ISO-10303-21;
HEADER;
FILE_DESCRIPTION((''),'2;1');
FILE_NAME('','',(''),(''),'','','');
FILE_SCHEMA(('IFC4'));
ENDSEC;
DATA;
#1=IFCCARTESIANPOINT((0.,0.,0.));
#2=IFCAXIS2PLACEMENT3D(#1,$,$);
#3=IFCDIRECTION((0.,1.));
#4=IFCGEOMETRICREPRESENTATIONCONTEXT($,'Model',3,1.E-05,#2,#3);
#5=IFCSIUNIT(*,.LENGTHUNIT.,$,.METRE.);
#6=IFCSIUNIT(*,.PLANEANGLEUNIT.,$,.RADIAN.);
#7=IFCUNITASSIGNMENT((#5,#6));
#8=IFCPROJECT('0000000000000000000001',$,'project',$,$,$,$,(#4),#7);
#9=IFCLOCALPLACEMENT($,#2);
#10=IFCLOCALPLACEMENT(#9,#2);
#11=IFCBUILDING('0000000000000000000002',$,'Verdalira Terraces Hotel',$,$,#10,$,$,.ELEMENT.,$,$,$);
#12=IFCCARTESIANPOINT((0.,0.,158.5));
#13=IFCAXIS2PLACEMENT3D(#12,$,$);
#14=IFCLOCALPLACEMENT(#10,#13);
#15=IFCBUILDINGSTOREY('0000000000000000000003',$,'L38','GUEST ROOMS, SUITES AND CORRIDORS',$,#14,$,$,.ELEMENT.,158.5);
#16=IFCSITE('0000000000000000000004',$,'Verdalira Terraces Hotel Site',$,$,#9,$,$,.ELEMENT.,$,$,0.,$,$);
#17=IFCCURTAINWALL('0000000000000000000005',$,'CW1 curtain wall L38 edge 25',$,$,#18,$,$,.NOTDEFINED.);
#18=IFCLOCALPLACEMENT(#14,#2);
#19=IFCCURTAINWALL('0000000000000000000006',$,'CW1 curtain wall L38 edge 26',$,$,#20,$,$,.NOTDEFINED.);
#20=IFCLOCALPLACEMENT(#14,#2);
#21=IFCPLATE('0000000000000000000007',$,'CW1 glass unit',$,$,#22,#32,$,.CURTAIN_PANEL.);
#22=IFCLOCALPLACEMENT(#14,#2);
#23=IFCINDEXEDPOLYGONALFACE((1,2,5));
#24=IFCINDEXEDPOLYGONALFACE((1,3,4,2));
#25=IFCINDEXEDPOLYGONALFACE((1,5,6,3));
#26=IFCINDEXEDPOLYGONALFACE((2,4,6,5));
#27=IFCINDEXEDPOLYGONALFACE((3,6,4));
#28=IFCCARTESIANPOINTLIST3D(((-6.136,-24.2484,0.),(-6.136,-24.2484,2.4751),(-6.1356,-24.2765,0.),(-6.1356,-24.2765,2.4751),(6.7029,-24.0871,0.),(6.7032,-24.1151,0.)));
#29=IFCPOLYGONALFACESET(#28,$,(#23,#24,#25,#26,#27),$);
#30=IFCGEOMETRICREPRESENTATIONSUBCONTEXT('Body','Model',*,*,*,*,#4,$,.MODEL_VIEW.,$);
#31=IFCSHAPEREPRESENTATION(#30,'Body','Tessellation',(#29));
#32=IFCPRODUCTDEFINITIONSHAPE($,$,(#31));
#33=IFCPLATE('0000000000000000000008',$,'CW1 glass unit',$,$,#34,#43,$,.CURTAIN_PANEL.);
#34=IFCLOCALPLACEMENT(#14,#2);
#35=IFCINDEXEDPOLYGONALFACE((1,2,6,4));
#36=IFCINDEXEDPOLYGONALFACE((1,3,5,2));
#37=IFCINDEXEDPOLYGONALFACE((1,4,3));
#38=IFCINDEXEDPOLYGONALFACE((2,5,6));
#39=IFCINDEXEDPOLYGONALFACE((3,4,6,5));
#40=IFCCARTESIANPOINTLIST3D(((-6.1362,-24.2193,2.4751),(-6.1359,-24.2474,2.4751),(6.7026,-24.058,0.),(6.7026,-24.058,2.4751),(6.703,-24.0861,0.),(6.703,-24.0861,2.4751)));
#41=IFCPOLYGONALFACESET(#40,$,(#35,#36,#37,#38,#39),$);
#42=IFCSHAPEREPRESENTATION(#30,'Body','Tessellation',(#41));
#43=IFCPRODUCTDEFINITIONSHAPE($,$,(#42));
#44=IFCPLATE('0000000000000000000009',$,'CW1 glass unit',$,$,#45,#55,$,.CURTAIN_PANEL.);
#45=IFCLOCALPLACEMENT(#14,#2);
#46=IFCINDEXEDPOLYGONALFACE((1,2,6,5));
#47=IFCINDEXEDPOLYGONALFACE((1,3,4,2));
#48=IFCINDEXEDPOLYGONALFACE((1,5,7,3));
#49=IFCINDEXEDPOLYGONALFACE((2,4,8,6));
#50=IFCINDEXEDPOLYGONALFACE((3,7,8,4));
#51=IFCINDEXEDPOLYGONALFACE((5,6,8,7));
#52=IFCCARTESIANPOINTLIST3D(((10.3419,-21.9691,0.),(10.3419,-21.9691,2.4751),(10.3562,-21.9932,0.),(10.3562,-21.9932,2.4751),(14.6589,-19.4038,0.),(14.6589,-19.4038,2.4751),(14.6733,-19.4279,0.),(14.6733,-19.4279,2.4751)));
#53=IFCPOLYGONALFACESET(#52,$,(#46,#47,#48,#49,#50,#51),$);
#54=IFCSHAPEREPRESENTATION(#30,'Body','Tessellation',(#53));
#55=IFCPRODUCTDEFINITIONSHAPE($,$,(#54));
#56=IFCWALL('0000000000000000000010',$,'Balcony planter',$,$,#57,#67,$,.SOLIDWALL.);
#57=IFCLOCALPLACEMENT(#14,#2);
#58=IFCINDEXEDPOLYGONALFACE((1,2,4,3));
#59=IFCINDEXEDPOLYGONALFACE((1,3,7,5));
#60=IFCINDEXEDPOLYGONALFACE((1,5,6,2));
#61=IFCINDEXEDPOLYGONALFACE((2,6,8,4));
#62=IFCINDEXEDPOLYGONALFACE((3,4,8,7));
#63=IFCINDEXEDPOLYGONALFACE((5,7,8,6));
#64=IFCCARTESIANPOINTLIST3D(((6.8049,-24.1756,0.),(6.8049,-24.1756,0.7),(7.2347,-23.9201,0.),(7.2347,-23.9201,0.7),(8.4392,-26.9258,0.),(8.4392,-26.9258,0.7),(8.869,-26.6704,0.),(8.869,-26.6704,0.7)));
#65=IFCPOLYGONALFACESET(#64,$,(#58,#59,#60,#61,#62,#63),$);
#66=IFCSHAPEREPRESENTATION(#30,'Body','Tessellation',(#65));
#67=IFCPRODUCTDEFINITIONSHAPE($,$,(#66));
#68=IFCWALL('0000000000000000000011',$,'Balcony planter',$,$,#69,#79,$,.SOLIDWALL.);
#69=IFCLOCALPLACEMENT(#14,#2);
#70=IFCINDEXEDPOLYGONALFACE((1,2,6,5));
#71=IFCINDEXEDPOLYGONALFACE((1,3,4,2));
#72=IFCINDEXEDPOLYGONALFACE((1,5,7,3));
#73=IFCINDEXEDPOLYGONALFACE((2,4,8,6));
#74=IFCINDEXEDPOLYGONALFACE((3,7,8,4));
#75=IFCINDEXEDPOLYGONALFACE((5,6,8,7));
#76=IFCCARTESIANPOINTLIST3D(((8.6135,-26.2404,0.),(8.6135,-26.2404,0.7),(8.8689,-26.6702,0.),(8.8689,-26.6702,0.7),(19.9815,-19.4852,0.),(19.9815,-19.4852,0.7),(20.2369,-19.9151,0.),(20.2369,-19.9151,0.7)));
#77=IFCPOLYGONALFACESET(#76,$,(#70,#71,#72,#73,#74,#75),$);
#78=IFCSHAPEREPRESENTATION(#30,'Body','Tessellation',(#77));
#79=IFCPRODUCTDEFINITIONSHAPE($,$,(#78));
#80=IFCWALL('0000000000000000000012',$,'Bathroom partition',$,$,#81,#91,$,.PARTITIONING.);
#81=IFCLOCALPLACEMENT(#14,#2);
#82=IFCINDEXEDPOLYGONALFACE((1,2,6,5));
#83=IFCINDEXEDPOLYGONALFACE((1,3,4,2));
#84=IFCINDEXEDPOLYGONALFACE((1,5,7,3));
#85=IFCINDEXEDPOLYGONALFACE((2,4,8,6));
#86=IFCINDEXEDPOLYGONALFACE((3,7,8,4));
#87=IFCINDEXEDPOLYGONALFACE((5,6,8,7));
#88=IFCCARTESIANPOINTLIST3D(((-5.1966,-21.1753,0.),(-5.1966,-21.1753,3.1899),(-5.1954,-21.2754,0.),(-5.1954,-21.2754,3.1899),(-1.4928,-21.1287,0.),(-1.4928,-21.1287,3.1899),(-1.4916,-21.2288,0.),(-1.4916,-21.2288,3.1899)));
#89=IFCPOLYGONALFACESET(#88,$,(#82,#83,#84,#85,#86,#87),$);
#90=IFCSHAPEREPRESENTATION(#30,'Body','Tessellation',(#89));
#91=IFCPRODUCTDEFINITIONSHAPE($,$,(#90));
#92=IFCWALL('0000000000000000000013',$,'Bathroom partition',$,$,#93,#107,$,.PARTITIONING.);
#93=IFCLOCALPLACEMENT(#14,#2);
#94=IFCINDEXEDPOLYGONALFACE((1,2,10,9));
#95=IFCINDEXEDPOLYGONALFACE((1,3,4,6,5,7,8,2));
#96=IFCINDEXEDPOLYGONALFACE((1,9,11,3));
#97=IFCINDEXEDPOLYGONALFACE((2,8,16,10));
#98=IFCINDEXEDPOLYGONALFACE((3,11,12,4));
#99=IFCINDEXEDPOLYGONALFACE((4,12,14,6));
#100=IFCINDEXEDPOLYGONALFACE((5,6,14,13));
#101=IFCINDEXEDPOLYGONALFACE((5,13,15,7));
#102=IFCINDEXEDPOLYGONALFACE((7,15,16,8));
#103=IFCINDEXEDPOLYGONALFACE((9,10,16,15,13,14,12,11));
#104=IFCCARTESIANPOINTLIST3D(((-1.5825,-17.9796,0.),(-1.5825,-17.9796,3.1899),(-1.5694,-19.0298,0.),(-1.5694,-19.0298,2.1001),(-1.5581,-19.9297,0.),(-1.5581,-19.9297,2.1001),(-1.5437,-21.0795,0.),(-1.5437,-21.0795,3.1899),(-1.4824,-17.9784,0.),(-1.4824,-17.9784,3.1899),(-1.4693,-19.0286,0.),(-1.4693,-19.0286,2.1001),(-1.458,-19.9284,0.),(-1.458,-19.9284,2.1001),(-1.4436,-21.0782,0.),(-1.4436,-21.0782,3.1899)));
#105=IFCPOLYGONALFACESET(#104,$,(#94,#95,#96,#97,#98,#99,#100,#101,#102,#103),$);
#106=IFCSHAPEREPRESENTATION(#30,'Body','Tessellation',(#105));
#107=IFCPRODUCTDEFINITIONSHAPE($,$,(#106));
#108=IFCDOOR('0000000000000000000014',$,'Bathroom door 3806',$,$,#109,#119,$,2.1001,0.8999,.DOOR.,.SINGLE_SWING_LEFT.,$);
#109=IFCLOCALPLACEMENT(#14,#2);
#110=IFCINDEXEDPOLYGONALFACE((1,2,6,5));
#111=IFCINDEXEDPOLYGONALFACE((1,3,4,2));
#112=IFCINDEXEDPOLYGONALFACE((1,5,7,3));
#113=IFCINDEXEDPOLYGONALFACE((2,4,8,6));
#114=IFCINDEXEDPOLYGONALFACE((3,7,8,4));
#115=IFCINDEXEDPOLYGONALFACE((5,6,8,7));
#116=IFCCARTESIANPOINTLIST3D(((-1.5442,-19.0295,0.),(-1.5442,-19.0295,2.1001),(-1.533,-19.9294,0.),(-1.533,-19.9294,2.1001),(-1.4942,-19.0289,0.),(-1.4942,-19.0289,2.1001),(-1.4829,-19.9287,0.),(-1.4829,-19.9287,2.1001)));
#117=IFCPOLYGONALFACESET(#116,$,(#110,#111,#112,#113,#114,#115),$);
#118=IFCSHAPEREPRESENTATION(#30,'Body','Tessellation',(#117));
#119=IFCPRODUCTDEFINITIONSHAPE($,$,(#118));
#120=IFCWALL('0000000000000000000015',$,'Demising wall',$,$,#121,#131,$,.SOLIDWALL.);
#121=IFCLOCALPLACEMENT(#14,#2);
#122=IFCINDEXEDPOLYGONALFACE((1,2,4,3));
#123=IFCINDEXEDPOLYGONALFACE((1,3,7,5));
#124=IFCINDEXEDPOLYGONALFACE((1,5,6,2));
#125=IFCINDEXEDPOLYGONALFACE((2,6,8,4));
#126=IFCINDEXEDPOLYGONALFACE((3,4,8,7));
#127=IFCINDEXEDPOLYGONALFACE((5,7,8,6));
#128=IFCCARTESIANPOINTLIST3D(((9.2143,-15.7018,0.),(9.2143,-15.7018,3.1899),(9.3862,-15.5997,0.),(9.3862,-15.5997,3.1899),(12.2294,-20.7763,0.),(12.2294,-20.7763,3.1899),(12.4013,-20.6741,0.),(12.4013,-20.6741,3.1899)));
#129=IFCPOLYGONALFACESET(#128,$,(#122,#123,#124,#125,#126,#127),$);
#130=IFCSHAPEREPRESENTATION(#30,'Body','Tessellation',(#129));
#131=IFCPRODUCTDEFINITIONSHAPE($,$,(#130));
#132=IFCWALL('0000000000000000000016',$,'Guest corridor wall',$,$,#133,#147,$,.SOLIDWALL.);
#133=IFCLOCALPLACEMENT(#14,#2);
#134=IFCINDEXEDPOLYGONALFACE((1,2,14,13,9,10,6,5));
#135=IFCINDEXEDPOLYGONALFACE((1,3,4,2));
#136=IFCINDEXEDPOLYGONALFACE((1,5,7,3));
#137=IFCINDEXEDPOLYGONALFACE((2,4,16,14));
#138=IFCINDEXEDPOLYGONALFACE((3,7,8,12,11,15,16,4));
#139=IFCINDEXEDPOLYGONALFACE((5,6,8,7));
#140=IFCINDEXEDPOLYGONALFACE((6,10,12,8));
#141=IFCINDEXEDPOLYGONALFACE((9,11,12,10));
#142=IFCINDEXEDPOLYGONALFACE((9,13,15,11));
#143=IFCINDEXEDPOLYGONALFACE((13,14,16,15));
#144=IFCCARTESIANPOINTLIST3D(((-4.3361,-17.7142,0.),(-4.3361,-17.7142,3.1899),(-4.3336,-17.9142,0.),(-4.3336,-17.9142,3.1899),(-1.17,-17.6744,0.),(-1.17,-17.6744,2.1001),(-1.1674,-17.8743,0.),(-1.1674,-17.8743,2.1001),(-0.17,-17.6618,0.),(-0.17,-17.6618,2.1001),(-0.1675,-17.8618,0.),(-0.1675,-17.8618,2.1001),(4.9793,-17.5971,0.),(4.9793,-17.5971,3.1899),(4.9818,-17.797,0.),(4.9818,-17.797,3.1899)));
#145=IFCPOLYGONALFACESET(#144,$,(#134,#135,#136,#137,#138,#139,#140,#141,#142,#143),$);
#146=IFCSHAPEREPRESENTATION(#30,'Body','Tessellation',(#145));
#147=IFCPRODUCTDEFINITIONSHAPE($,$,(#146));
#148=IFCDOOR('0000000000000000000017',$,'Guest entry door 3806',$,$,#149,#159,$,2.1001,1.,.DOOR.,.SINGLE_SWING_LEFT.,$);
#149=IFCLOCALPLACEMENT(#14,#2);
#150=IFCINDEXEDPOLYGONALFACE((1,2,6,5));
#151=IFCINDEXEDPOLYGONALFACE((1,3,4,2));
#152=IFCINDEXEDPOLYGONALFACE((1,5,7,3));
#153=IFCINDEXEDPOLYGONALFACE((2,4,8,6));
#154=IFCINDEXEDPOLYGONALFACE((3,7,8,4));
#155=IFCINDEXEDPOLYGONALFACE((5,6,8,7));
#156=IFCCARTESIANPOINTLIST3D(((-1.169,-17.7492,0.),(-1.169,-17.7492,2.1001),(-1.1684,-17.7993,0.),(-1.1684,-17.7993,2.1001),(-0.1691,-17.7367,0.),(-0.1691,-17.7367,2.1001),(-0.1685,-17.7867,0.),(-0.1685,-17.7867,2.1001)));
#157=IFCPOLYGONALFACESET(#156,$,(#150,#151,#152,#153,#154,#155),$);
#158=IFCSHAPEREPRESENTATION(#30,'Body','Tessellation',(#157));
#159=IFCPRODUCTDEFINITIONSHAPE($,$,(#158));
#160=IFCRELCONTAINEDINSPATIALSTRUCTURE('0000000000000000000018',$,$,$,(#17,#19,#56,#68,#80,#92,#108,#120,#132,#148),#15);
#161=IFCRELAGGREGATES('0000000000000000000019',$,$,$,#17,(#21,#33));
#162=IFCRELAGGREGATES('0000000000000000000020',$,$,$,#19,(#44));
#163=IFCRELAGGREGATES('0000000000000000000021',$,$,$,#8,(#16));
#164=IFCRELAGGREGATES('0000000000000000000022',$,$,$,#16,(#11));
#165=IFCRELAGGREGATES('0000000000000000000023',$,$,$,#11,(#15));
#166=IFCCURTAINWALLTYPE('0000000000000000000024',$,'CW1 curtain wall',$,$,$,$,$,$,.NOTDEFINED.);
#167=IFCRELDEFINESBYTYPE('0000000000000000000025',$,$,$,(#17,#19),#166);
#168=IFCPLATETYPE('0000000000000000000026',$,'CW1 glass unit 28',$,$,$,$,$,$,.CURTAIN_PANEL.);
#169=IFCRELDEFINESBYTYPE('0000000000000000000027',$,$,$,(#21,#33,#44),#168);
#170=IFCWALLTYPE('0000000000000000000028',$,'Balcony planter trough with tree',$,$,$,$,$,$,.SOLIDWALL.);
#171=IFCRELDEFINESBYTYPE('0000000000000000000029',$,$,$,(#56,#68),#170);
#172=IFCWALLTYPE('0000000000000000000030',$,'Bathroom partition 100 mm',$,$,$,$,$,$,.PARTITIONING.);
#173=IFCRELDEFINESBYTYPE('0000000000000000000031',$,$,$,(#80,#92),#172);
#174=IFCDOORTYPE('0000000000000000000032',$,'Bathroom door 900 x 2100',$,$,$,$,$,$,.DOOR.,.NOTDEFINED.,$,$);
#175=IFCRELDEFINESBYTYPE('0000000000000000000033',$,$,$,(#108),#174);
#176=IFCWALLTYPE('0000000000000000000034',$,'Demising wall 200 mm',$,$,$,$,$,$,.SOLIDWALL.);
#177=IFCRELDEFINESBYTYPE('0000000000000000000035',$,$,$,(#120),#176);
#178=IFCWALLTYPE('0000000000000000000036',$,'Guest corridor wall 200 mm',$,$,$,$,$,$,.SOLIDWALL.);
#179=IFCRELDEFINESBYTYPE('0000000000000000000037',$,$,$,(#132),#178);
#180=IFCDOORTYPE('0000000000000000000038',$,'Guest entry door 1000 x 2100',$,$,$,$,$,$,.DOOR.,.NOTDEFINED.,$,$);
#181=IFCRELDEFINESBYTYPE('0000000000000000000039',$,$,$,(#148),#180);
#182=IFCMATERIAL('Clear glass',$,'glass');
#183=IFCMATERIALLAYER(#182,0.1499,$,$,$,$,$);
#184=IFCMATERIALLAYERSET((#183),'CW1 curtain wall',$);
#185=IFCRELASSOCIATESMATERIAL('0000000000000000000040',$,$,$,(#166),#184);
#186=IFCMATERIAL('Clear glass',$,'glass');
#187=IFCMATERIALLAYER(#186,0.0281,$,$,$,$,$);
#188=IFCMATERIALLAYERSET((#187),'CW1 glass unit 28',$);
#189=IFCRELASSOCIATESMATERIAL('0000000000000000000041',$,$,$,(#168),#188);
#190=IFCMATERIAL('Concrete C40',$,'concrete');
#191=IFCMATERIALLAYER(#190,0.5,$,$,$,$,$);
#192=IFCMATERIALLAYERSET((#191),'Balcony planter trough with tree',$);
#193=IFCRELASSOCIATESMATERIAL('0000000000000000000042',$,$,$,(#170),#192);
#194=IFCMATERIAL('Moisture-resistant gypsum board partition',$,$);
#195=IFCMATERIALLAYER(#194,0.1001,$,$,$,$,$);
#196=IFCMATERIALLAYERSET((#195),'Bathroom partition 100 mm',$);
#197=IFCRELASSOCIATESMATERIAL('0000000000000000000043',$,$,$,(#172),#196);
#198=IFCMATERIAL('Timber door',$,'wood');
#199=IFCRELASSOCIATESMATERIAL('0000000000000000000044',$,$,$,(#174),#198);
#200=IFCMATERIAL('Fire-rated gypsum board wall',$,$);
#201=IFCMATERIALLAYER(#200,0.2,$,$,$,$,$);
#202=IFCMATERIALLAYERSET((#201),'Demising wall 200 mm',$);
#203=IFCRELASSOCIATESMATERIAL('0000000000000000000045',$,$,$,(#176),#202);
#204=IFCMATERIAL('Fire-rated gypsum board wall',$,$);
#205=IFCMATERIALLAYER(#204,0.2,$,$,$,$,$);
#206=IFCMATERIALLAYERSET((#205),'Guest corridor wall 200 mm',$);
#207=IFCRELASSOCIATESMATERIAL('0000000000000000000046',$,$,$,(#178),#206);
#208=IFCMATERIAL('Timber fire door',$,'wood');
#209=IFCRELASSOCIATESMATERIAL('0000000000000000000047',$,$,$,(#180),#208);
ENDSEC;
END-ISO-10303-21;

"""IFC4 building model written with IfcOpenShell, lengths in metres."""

from ifc_helpers import new_model, si_unit, direction, frame, frame_2d, origin, origin_2d, place, context, subcontext, project, spatial, polyline, rectangle, outline, extrude, material, layer, layer_set, type_object, element, fill, aggregate, save


model = new_model("IFC4")

# Units and contexts
model_context = context("Model", 3, precision=1e-05, world=origin(), true_north=direction((0.0, 1.0)))
body_context = subcontext(model_context, "Body", "Model", "MODEL_VIEW")
ifc_project = project(units=[si_unit("LENGTHUNIT", "METRE"), si_unit("PLANEANGLEUNIT", "RADIAN")], contexts=[model_context])

# Site, building, storey
site_placement = place(None, origin())
site = spatial("IfcSite", under=ifc_project, at=site_placement, Name="Verdalira Terraces Hotel Site", CompositionType="ELEMENT", RefElevation=0.0)
building_placement = place(site_placement, origin())
building = spatial("IfcBuilding", under=site, at=building_placement, Name="Verdalira Terraces Hotel", CompositionType="ELEMENT")
storey_placement = place(building_placement, frame((0.0, 0.0, 158.5)))
storey = spatial("IfcBuildingStorey", under=building, at=storey_placement, Name="L38", Description="GUEST ROOMS, SUITES AND CORRIDORS", CompositionType="ELEMENT", Elevation=158.5)

# Curtain wall
ifc_material_1 = material(Name="Clear glass", Category="glass")
ifc_layer_1 = layer(ifc_material_1, 0.1499)
ifc_layer_set_1 = layer_set([ifc_layer_1], Name="CW1 curtain wall")
curtain_wall_type = type_object("IfcCurtainWallType", Name="CW1 curtain wall", PredefinedType="NOTDEFINED", material=ifc_layer_set_1)
curtain_wall_1_placement = place(storey_placement, origin())
curtain_wall_1 = element("IfcCurtainWall", 1, at=curtain_wall_1_placement, inside=storey, type_object=curtain_wall_type, Name="CW1 curtain wall L38 edge 25", PredefinedType="NOTDEFINED")

# Curtain wall
curtain_wall_2_placement = place(storey_placement, origin())
curtain_wall_2 = element("IfcCurtainWall", 2, at=curtain_wall_2_placement, inside=storey, type_object=curtain_wall_type, Name="CW1 curtain wall L38 edge 26", PredefinedType="NOTDEFINED")

# Plates
ifc_material_2 = material(Name="Clear glass", Category="glass")
ifc_layer_2 = layer(ifc_material_2, 0.0281)
ifc_layer_set_2 = layer_set([ifc_layer_2], Name="CW1 glass unit 28")
plate_type = type_object("IfcPlateType", Name="CW1 glass unit 28", PredefinedType="CURTAIN_PANEL", material=ifc_layer_set_2)
plate_1_placement = place(storey_placement, frame((0.2834, -24.1677, 1.2375), z_axis=(0.012566, -0.999921, 0.0), x_axis=(0.999921, 0.012566, 0.0)))
plate_1 = element("IfcPlate", 3, at=plate_1_placement, type_object=plate_type, Name="CW1 glass unit", PredefinedType="CURTAIN_PANEL", context=body_context, shape_type="SweptSolid", body=[
    extrude(outline(polyline([(-6.4199, -1.2375), (6.4199, -1.2375), (-6.4199, 1.2375), (-6.4199, -1.2375)])), origin(), (0.0, 0.0, 1.0), 0.0281),
])
plate_2_placement = place(storey_placement, frame((0.2832, -24.1387, 1.2375), z_axis=(0.012566, -0.999921, 0.0), x_axis=(0.999921, 0.012566, 0.0)))
plate_2 = element("IfcPlate", 4, at=plate_2_placement, type_object=plate_type, Name="CW1 glass unit", PredefinedType="CURTAIN_PANEL", context=body_context, shape_type="SweptSolid", body=[
    extrude(outline(polyline([(6.4199, -1.2375), (6.4199, 1.2375), (-6.4199, 1.2375), (6.4199, -1.2375)])), origin(), (0.0, 0.0, 1.0), 0.0281),
])
aggregate(curtain_wall_1, [plate_1, plate_2])
plate_3_placement = place(storey_placement, frame((12.5076, -20.6985, 0.0), z_axis=(0.0, 0.0, 1.0), x_axis=(0.859674, 0.510843, 0.0)))
plate_3 = element("IfcPlate", 5, at=plate_3_placement, type_object=plate_type, Name="CW1 glass unit", PredefinedType="CURTAIN_PANEL", context=body_context, shape_type="SweptSolid", body=[
    extrude(rectangle(XDim=5.0217, YDim=0.0281, at=origin_2d()), origin(), (0.0, 0.0, 1.0), 2.4751),
])
aggregate(curtain_wall_2, [plate_3])

# Walls
ifc_material_3 = material(Name="Concrete C40", Category="concrete")
ifc_layer_3 = layer(ifc_material_3, 0.5)
ifc_layer_set_3 = layer_set([ifc_layer_3], Name="Balcony planter trough with tree")
wall_type_1 = type_object("IfcWallType", Name="Balcony planter trough with tree", PredefinedType="SOLIDWALL", material=ifc_layer_set_3)
wall_1_placement = place(storey_placement, frame((7.0198, -24.0479, 0.0), z_axis=(0.0, 0.0, 1.0), x_axis=(0.510844, -0.859674, 0.0)))
element("IfcWall", 6, at=wall_1_placement, inside=storey, type_object=wall_type_1, Name="Balcony planter", PredefinedType="SOLIDWALL", context=body_context, shape_type="SweptSolid", body=[
    extrude(rectangle(XDim=3.1992, YDim=0.5, at=frame_2d((1.5996, 0.0))), origin(), (0.0, 0.0, 1.0), 0.7),
])
wall_2_placement = place(storey_placement, frame((8.7412, -26.4553, 0.0), z_axis=(0.0, 0.0, 1.0), x_axis=(0.859675, 0.510842, 0.0)))
element("IfcWall", 7, at=wall_2_placement, inside=storey, type_object=wall_type_1, Name="Balcony planter", PredefinedType="SOLIDWALL", context=body_context, shape_type="SweptSolid", body=[
    extrude(rectangle(XDim=13.2236, YDim=0.5, at=frame_2d((6.6118, 0.0))), origin(), (0.0, 0.0, 1.0), 0.7),
])
ifc_material_4 = material(Name="Moisture-resistant gypsum board partition")
ifc_layer_4 = layer(ifc_material_4, 0.1001)
ifc_layer_set_4 = layer_set([ifc_layer_4], Name="Bathroom partition 100 mm")
wall_type_2 = type_object("IfcWallType", Name="Bathroom partition 100 mm", PredefinedType="PARTITIONING", material=ifc_layer_set_4)
wall_3_placement = place(storey_placement, frame((-1.4922, -21.1787, 0.0), z_axis=(0.0, 0.0, 1.0), x_axis=(-0.999921, -0.012589, 0.0)))
element("IfcWall", 8, at=wall_3_placement, inside=storey, type_object=wall_type_2, Name="Bathroom partition", PredefinedType="PARTITIONING", context=body_context, shape_type="SweptSolid", body=[
    extrude(rectangle(XDim=3.7041, YDim=0.1001, at=frame_2d((1.8521, 0.0))), origin(), (0.0, 0.0, 1.0), 3.1899),
])

# Wall, opening, door
wall_4_placement = place(storey_placement, frame((-1.4937, -21.0789, 0.0), z_axis=(0.0, 0.0, 1.0), x_axis=(-0.012522, 0.999922, 0.0)))
wall_4 = element("IfcWall", 9, at=wall_4_placement, inside=storey, type_object=wall_type_2, Name="Bathroom partition", PredefinedType="PARTITIONING", context=body_context, shape_type="SweptSolid", body=[
    extrude(rectangle(XDim=3.1001, YDim=0.1001, at=frame_2d((1.55, 0.0))), origin(), (0.0, 0.0, 1.0), 3.1899),
])
opening_1_placement = place(wall_4_placement, frame((1.1499, 0.0, 0.0)))
opening_1 = element("IfcOpeningElement", 10, at=opening_1_placement, cuts=wall_4, PredefinedType="OPENING", context=body_context, shape_type="SweptSolid", body=[
    extrude(rectangle(XDim=0.8999, YDim=2.1001, at=frame_2d((0.45, 1.05))), frame((0.0, 0.0601, 0.0), z_axis=(0.0, -1.0, 0.0), x_axis=(1.0, 0.0, 0.0)), (0.0, 0.0, 1.0), 0.1201),
])
ifc_material_5 = material(Name="Timber door", Category="wood")
door_type_1 = type_object("IfcDoorType", Name="Bathroom door 900 x 2100", OperationType="NOTDEFINED", PredefinedType="DOOR", material=ifc_material_5)
door_1_placement = place(opening_1_placement, origin())
door_1 = element("IfcDoor", 11, at=door_1_placement, inside=storey, type_object=door_type_1, Name="Bathroom door 3806", OperationType="SINGLE_SWING_LEFT", OverallHeight=2.1001, OverallWidth=0.8999, PredefinedType="DOOR", context=body_context, shape_type="SweptSolid", body=[
    extrude(rectangle(XDim=0.8999, YDim=2.1001, at=frame_2d((0.45, 1.05))), frame((0.0, 0.0249, 0.0), z_axis=(0.0, -1.0, 0.0), x_axis=(1.0, 0.0, 0.0)), (0.0, 0.0, 1.0), 0.05),
])
fill(opening_1, door_1)

# Wall
ifc_material_6 = material(Name="Fire-rated gypsum board wall")
ifc_layer_5 = layer(ifc_material_6, 0.2)
ifc_layer_set_5 = layer_set([ifc_layer_5], Name="Demising wall 200 mm")
wall_type_3 = type_object("IfcWallType", Name="Demising wall 200 mm", PredefinedType="SOLIDWALL", material=ifc_layer_set_5)
wall_5_placement = place(storey_placement, frame((9.3003, -15.6509, 0.0), z_axis=(0.0, 0.0, 1.0), x_axis=(0.510811, -0.859693, 0.0)))
element("IfcWall", 12, at=wall_5_placement, inside=storey, type_object=wall_type_3, Name="Demising wall", PredefinedType="SOLIDWALL", context=body_context, shape_type="SweptSolid", body=[
    extrude(rectangle(XDim=5.9026, YDim=0.2, at=frame_2d((2.9512, 0.0))), origin(), (0.0, 0.0, 1.0), 3.1899),
])

# Wall, opening, door
ifc_material_7 = material(Name="Fire-rated gypsum board wall")
ifc_layer_6 = layer(ifc_material_7, 0.2)
ifc_layer_set_6 = layer_set([ifc_layer_6], Name="Guest corridor wall 200 mm")
wall_type_4 = type_object("IfcWallType", Name="Guest corridor wall 200 mm", PredefinedType="SOLIDWALL", material=ifc_layer_set_6)
wall_6_placement = place(storey_placement, frame((4.9807, -17.697, 0.0), z_axis=(0.0, 0.0, 1.0), x_axis=(-0.999921, -0.012579, 0.0)))
wall_6 = element("IfcWall", 13, at=wall_6_placement, inside=storey, type_object=wall_type_4, Name="Guest corridor wall", PredefinedType="SOLIDWALL", context=body_context, shape_type="SweptSolid", body=[
    extrude(rectangle(XDim=9.3162, YDim=0.2, at=frame_2d((4.6582, 0.0))), origin(), (0.0, 0.0, 1.0), 3.1899),
])
opening_2_placement = place(wall_6_placement, frame((5.1499, 0.0, 0.0)))
opening_2 = element("IfcOpeningElement", 14, at=opening_2_placement, cuts=wall_6, PredefinedType="OPENING", context=body_context, shape_type="SweptSolid", body=[
    extrude(rectangle(XDim=1.0, YDim=2.1001, at=frame_2d((0.5, 1.05))), frame((0.0, 0.1099, 0.0), z_axis=(0.0, -1.0, 0.0), x_axis=(1.0, 0.0, 0.0)), (0.0, 0.0, 1.0), 0.22),
])
ifc_material_8 = material(Name="Timber fire door", Category="wood")
door_type_2 = type_object("IfcDoorType", Name="Guest entry door 1000 x 2100", OperationType="NOTDEFINED", PredefinedType="DOOR", material=ifc_material_8)
door_2_placement = place(opening_2_placement, origin())
door_2 = element("IfcDoor", 15, at=door_2_placement, inside=storey, type_object=door_type_2, Name="Guest entry door 3806", OperationType="SINGLE_SWING_LEFT", OverallHeight=2.1001, OverallWidth=1.0, PredefinedType="DOOR", context=body_context, shape_type="SweptSolid", body=[
    extrude(rectangle(XDim=1.0, YDim=2.1001, at=frame_2d((0.5, 1.05))), frame((0.0, 0.0249, 0.0), z_axis=(0.0, -1.0, 0.0), x_axis=(1.0, 0.0, 0.0)), (0.0, 0.0, 1.0), 0.05),
])
fill(opening_2, door_2)

save(model, "model.ifc")
